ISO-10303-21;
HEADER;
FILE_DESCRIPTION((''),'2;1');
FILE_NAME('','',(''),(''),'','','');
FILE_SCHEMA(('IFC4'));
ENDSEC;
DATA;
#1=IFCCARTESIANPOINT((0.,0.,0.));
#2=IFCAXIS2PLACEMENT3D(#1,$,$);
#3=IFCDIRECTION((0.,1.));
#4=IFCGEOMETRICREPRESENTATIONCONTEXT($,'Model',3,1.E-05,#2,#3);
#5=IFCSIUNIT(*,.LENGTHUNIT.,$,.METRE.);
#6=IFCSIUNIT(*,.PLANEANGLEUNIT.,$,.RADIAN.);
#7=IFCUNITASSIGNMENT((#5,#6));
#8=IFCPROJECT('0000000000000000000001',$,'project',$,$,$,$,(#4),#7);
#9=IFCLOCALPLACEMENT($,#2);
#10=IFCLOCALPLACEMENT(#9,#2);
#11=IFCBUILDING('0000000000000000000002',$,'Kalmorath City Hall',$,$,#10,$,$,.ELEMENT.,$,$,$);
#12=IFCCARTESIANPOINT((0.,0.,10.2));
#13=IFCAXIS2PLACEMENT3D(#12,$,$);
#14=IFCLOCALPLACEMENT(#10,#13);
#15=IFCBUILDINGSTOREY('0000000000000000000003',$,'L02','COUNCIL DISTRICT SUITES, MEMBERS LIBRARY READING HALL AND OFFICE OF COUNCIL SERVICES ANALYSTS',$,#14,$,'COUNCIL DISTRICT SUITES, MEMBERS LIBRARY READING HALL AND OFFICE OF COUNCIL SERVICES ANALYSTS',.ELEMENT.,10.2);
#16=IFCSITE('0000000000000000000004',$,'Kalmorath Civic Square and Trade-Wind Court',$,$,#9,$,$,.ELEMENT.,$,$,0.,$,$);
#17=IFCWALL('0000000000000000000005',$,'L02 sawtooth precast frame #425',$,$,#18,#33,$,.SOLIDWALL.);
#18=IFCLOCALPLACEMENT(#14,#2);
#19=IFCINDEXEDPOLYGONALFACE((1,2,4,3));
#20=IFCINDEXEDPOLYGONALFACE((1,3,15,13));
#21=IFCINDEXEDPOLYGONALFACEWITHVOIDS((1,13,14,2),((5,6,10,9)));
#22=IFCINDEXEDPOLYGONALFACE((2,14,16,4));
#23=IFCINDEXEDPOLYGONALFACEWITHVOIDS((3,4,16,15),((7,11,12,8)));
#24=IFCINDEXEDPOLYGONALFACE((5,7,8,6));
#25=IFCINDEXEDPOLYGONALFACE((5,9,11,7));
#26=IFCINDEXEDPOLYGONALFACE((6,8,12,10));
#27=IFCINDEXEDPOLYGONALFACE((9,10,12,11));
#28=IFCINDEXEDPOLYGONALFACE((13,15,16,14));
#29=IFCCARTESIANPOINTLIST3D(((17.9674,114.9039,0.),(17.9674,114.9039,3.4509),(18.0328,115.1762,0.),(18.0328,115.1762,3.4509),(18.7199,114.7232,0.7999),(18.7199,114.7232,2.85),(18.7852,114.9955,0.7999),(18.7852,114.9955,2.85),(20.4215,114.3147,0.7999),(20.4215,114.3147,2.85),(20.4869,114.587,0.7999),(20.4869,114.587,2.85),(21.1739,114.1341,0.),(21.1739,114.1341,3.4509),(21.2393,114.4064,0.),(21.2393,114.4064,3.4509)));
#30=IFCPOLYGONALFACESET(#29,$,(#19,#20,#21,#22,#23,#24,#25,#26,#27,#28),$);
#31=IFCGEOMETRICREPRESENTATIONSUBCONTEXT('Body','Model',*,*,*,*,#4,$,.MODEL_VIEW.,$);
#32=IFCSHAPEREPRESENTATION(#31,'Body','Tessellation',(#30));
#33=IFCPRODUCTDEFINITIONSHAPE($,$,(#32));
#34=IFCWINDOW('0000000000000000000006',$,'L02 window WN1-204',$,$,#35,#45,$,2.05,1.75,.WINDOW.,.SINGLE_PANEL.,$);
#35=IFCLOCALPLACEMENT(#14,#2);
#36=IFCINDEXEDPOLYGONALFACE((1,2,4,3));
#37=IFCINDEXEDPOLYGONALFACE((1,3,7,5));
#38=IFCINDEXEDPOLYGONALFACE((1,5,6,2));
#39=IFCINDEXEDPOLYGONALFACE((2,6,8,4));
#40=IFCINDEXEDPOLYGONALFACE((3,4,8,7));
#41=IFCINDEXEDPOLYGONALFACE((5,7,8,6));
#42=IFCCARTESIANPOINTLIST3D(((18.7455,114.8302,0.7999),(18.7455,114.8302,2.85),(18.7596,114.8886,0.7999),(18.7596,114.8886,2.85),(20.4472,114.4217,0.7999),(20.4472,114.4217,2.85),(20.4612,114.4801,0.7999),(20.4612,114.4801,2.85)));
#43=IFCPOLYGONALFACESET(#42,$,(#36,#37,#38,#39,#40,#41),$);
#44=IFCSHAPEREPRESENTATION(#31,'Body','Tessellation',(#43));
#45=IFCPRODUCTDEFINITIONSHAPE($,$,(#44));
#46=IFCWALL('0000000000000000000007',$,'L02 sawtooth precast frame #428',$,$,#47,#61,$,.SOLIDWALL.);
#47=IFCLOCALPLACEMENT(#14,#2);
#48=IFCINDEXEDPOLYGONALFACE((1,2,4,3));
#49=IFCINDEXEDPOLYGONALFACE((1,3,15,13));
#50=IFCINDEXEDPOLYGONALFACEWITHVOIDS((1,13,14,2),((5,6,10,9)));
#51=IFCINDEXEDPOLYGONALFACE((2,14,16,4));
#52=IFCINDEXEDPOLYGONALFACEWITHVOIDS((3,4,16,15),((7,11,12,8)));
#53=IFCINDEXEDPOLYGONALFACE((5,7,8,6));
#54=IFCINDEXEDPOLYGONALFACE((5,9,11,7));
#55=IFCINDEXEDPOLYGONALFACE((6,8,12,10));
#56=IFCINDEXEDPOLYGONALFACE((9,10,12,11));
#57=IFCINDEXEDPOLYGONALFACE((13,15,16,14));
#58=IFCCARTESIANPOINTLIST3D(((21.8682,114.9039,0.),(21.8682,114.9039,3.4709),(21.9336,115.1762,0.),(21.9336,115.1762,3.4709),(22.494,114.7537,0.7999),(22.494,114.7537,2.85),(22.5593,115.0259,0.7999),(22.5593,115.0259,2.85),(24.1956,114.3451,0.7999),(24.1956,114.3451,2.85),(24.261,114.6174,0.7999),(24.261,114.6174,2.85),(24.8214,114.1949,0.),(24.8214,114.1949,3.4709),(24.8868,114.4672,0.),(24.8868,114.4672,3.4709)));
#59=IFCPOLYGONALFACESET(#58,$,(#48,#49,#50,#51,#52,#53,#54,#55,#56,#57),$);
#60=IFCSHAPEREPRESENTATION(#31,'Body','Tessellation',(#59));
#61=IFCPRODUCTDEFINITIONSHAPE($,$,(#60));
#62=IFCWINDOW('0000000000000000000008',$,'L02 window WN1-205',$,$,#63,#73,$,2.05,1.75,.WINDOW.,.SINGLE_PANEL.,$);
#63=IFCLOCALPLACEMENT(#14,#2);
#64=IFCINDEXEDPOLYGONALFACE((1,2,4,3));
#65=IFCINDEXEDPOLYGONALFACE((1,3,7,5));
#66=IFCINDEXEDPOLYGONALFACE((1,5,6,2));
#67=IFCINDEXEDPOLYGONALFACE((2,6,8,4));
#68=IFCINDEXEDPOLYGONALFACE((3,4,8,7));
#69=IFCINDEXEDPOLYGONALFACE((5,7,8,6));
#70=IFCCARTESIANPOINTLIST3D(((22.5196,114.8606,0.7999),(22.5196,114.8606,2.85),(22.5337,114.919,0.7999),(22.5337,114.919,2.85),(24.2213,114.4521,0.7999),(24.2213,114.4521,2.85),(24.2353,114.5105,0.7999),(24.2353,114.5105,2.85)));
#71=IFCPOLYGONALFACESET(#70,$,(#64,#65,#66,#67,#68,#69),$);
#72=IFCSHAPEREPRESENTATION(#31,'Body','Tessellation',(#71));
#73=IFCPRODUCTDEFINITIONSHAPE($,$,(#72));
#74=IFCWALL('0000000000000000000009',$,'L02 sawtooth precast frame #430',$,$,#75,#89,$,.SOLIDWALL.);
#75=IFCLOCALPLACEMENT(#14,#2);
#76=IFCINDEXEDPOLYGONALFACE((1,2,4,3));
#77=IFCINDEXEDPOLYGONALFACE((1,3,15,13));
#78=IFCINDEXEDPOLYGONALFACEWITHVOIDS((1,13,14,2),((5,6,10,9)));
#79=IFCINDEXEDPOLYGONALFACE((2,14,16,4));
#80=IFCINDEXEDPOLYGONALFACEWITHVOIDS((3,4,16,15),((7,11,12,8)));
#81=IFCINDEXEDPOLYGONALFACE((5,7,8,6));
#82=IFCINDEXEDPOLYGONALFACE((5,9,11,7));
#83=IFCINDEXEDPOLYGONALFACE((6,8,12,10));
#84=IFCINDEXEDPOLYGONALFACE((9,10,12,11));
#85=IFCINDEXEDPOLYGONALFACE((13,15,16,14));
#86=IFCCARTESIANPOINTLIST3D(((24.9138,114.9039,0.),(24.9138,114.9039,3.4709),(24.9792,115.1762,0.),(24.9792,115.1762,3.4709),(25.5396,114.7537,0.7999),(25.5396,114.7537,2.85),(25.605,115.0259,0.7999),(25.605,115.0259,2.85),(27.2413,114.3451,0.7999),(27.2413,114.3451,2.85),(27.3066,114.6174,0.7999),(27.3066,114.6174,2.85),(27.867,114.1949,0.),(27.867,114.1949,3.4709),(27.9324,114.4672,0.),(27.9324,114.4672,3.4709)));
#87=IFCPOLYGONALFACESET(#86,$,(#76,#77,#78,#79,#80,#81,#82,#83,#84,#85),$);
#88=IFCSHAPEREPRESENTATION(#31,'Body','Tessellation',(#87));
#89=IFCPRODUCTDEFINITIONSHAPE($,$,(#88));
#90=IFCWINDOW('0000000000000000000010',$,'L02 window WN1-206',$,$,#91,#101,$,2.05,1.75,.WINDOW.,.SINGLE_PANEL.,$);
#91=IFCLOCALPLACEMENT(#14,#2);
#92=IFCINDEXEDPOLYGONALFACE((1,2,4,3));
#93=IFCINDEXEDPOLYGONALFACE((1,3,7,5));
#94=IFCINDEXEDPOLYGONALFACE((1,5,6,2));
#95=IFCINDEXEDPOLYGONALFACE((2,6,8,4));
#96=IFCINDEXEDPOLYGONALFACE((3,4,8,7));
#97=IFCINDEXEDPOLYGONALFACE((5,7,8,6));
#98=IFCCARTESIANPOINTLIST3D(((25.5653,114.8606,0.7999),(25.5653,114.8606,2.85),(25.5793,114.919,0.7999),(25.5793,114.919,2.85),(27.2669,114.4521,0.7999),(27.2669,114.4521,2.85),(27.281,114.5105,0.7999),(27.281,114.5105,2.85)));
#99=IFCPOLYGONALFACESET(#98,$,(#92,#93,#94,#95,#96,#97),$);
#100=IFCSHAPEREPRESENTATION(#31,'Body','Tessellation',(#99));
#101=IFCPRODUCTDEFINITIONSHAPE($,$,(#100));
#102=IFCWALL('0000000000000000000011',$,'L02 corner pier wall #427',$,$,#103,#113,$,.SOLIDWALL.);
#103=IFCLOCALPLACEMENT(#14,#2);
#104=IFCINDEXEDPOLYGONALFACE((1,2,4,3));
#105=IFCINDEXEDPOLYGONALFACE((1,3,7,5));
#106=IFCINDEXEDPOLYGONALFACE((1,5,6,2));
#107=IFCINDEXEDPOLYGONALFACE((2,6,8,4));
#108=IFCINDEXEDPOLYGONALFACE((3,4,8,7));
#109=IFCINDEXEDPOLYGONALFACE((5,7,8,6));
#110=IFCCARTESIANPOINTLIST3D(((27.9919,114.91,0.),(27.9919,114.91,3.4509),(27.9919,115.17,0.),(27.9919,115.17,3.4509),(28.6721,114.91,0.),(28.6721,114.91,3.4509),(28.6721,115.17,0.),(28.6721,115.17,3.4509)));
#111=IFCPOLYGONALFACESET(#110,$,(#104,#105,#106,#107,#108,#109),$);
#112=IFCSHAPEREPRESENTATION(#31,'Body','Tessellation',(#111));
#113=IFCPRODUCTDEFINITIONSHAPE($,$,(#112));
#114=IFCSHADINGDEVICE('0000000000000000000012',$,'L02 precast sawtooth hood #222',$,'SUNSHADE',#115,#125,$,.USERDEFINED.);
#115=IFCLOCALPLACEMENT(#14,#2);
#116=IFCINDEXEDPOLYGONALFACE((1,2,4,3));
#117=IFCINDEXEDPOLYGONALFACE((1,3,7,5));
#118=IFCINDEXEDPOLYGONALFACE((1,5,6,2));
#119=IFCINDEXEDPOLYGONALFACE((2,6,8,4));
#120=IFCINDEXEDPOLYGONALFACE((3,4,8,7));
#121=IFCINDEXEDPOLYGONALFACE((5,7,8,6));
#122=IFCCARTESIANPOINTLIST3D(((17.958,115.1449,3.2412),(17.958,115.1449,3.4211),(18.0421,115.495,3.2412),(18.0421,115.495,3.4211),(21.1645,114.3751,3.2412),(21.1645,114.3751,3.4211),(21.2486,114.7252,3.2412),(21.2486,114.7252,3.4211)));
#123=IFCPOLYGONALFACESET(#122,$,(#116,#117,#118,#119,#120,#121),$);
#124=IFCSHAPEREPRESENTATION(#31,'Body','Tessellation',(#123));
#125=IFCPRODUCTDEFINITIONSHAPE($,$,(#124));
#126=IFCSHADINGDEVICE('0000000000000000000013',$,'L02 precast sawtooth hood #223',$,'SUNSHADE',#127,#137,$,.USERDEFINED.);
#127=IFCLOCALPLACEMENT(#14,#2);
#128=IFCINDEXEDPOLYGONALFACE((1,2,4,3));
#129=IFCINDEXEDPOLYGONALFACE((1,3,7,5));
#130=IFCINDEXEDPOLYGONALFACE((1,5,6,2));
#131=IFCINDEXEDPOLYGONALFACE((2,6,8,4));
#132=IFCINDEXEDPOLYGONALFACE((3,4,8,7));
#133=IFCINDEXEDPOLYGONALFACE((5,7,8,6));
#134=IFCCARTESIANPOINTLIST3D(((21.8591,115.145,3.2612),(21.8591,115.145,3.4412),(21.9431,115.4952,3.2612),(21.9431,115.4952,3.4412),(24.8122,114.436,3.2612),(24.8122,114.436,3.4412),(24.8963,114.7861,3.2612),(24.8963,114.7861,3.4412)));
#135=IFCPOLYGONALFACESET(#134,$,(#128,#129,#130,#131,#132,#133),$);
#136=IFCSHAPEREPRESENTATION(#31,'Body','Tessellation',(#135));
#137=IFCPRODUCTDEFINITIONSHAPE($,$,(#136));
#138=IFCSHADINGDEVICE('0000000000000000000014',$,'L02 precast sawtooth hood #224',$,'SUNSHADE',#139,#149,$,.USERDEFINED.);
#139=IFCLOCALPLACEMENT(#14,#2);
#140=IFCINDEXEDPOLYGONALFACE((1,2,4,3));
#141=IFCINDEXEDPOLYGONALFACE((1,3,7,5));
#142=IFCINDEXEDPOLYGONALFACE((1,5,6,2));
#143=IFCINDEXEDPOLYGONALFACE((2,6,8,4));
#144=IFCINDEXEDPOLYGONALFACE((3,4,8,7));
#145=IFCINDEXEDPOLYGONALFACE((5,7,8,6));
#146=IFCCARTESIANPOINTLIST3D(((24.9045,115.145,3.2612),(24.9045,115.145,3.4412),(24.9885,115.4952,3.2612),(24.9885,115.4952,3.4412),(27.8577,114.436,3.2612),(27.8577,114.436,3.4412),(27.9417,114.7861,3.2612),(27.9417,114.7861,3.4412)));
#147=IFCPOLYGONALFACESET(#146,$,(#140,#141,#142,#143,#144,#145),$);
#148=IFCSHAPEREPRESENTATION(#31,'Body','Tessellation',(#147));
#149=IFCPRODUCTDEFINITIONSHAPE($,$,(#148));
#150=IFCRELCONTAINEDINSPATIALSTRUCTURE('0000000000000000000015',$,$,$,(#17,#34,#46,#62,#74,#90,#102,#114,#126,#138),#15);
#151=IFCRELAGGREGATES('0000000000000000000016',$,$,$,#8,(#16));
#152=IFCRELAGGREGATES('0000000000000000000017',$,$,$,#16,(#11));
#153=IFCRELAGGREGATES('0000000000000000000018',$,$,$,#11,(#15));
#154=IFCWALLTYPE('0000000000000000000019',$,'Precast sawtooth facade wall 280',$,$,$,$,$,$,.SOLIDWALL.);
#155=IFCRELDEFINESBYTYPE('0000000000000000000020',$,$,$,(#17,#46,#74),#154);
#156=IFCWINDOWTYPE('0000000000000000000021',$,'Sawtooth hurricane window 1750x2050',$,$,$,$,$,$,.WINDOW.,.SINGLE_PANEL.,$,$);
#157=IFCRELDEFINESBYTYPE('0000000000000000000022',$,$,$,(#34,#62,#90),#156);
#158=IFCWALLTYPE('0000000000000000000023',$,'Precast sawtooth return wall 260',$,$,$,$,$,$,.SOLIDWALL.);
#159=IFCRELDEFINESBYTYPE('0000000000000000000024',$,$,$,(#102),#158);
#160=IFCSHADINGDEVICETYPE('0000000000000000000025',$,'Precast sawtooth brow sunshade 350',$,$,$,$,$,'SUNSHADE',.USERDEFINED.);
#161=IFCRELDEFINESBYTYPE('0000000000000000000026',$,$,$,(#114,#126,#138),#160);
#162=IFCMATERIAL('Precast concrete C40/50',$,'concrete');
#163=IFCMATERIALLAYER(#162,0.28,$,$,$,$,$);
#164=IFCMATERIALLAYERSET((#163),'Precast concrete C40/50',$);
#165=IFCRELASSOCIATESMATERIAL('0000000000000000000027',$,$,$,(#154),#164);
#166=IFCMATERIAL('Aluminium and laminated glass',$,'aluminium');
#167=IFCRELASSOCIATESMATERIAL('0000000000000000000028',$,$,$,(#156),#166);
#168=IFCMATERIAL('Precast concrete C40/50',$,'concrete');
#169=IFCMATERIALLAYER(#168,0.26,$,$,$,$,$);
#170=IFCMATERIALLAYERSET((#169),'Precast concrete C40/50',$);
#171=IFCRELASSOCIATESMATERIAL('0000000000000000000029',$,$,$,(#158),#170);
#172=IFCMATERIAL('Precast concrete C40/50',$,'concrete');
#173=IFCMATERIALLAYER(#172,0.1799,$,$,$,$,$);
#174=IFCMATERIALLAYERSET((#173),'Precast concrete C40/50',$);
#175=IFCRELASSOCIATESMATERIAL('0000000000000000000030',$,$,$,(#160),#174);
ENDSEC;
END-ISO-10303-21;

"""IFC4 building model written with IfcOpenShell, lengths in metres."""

from ifc_helpers import new_model, si_unit, direction, frame, frame_2d, origin, origin_2d, place, context, subcontext, project, spatial, rectangle, extrude, material, layer, layer_set, type_object, element, fill, save


model = new_model("IFC4")

# Units and contexts
model_context = context("Model", 3, precision=1e-05, world=origin(), true_north=direction((0.0, 1.0)))
body_context = subcontext(model_context, "Body", "Model", "MODEL_VIEW")
ifc_project = project(units=[si_unit("LENGTHUNIT", "METRE"), si_unit("PLANEANGLEUNIT", "RADIAN")], contexts=[model_context])

# Site, building, storey
site_placement = place(None, origin())
site = spatial("IfcSite", under=ifc_project, at=site_placement, Name="Kalmorath Civic Square and Trade-Wind Court", CompositionType="ELEMENT", RefElevation=0.0)
building_placement = place(site_placement, origin())
building = spatial("IfcBuilding", under=site, at=building_placement, Name="Kalmorath City Hall", CompositionType="ELEMENT")
storey_placement = place(building_placement, frame((0.0, 0.0, 10.2)))
storey = spatial("IfcBuildingStorey", under=building, at=storey_placement, Name="L02", Description="COUNCIL DISTRICT SUITES, MEMBERS LIBRARY READING HALL AND OFFICE OF COUNCIL SERVICES ANALYSTS", LongName="COUNCIL DISTRICT SUITES, MEMBERS LIBRARY READING HALL AND OFFICE OF COUNCIL SERVICES ANALYSTS", CompositionType="ELEMENT", Elevation=10.2)

# Walls, openings, windows
ifc_material_1 = material(Name="Precast concrete C40/50", Category="concrete")
ifc_layer_1 = layer(ifc_material_1, 0.28)
ifc_layer_set_1 = layer_set([ifc_layer_1], Name="Precast concrete C40/50")
wall_type_1 = type_object("IfcWallType", Name="Precast sawtooth facade wall 280", PredefinedType="SOLIDWALL", material=ifc_layer_set_1)
wall_1_placement = place(storey_placement, frame((18.0, 115.04, 0.0), z_axis=(0.0, 0.0, 1.0), x_axis=(0.972373, -0.233432, 0.0)))
wall_1 = element("IfcWall", 1, at=wall_1_placement, inside=storey, type_object=wall_type_1, Name="L02 sawtooth precast frame #425", PredefinedType="SOLIDWALL", context=body_context, shape_type="SweptSolid", body=[
    extrude(rectangle(XDim=3.2976, YDim=0.28, at=frame_2d((1.6489, 0.0))), origin(), (0.0, 0.0, 1.0), 3.4509),
])
opening_1_placement = place(wall_1_placement, frame((0.7739, 0.0, 0.8)))
opening_1 = element("IfcOpeningElement", 2, at=opening_1_placement, cuts=wall_1, PredefinedType="OPENING", context=body_context, shape_type="SweptSolid", body=[
    extrude(rectangle(XDim=1.75, YDim=2.05, at=frame_2d((0.875, 1.0249))), frame((0.0, 0.1499, 0.0), z_axis=(0.0, -1.0, 0.0), x_axis=(1.0, 0.0, 0.0)), (0.0, 0.0, 1.0), 0.3),
])
ifc_material_2 = material(Name="Aluminium and laminated glass", Category="aluminium")
window_type = type_object("IfcWindowType", Name="Sawtooth hurricane window 1750x2050", PartitioningType="SINGLE_PANEL", PredefinedType="WINDOW", material=ifc_material_2)
window_1_placement = place(opening_1_placement, origin())
window_1 = element("IfcWindow", 3, at=window_1_placement, inside=storey, type_object=window_type, Name="L02 window WN1-204", OverallHeight=2.05, OverallWidth=1.75, PartitioningType="SINGLE_PANEL", PredefinedType="WINDOW", context=body_context, shape_type="SweptSolid", body=[
    extrude(rectangle(XDim=1.75, YDim=2.05, at=frame_2d((0.875, 1.0249))), frame((0.0, 0.03, 0.0), z_axis=(0.0, -1.0, 0.0), x_axis=(1.0, 0.0, 0.0)), (0.0, 0.0, 1.0), 0.0601),
])
fill(opening_1, window_1)
wall_2_placement = place(storey_placement, frame((21.9009, 115.04, 0.0), z_axis=(0.0, 0.0, 1.0), x_axis=(0.97237, -0.233446, 0.0)))
wall_2 = element("IfcWall", 4, at=wall_2_placement, inside=storey, type_object=wall_type_1, Name="L02 sawtooth precast frame #428", PredefinedType="SOLIDWALL", context=body_context, shape_type="SweptSolid", body=[
    extrude(rectangle(XDim=3.0371, YDim=0.28, at=frame_2d((1.5186, 0.0))), origin(), (0.0, 0.0, 1.0), 3.4709),
])
opening_2_placement = place(wall_2_placement, frame((0.6436, 0.0, 0.8)))
opening_2 = element("IfcOpeningElement", 5, at=opening_2_placement, cuts=wall_2, PredefinedType="OPENING", context=body_context, shape_type="SweptSolid", body=[
    extrude(rectangle(XDim=1.75, YDim=2.05, at=frame_2d((0.875, 1.0249))), frame((0.0, 0.1499, 0.0), z_axis=(0.0, -1.0, 0.0), x_axis=(1.0, 0.0, 0.0)), (0.0, 0.0, 1.0), 0.3),
])
window_2_placement = place(opening_2_placement, origin())
window_2 = element("IfcWindow", 6, at=window_2_placement, inside=storey, type_object=window_type, Name="L02 window WN1-205", OverallHeight=2.05, OverallWidth=1.75, PartitioningType="SINGLE_PANEL", PredefinedType="WINDOW", context=body_context, shape_type="SweptSolid", body=[
    extrude(rectangle(XDim=1.75, YDim=2.05, at=frame_2d((0.875, 1.0249))), frame((0.0, 0.03, 0.0), z_axis=(0.0, -1.0, 0.0), x_axis=(1.0, 0.0, 0.0)), (0.0, 0.0, 1.0), 0.0601),
])
fill(opening_2, window_2)
wall_3_placement = place(storey_placement, frame((24.9465, 115.04, 0.0), z_axis=(0.0, 0.0, 1.0), x_axis=(0.97237, -0.233446, 0.0)))
wall_3 = element("IfcWall", 7, at=wall_3_placement, inside=storey, type_object=wall_type_1, Name="L02 sawtooth precast frame #430", PredefinedType="SOLIDWALL", context=body_context, shape_type="SweptSolid", body=[
    extrude(rectangle(XDim=3.0371, YDim=0.28, at=frame_2d((1.5186, 0.0))), origin(), (0.0, 0.0, 1.0), 3.4709),
])
opening_3_placement = place(wall_3_placement, frame((0.6436, 0.0, 0.8)))
opening_3 = element("IfcOpeningElement", 8, at=opening_3_placement, cuts=wall_3, PredefinedType="OPENING", context=body_context, shape_type="SweptSolid", body=[
    extrude(rectangle(XDim=1.75, YDim=2.05, at=frame_2d((0.875, 1.0249))), frame((0.0, 0.1499, 0.0), z_axis=(0.0, -1.0, 0.0), x_axis=(1.0, 0.0, 0.0)), (0.0, 0.0, 1.0), 0.3),
])
window_3_placement = place(opening_3_placement, origin())
window_3 = element("IfcWindow", 9, at=window_3_placement, inside=storey, type_object=window_type, Name="L02 window WN1-206", OverallHeight=2.05, OverallWidth=1.75, PartitioningType="SINGLE_PANEL", PredefinedType="WINDOW", context=body_context, shape_type="SweptSolid", body=[
    extrude(rectangle(XDim=1.75, YDim=2.05, at=frame_2d((0.875, 1.0249))), frame((0.0, 0.03, 0.0), z_axis=(0.0, -1.0, 0.0), x_axis=(1.0, 0.0, 0.0)), (0.0, 0.0, 1.0), 0.0601),
])
fill(opening_3, window_3)

# Wall
ifc_material_3 = material(Name="Precast concrete C40/50", Category="concrete")
ifc_layer_2 = layer(ifc_material_3, 0.26)
ifc_layer_set_2 = layer_set([ifc_layer_2], Name="Precast concrete C40/50")
wall_type_2 = type_object("IfcWallType", Name="Precast sawtooth return wall 260", PredefinedType="SOLIDWALL", material=ifc_layer_set_2)
wall_4_placement = place(storey_placement, frame((27.9919, 115.04, 0.0), z_axis=(0.0, 0.0, 1.0), x_axis=(1.0, 0.0, 0.0)))
element("IfcWall", 10, at=wall_4_placement, inside=storey, type_object=wall_type_2, Name="L02 corner pier wall #427", PredefinedType="SOLIDWALL", context=body_context, shape_type="SweptSolid", body=[
    extrude(rectangle(XDim=0.6802, YDim=0.26, at=frame_2d((0.3401, 0.0))), origin(), (0.0, 0.0, 1.0), 3.4509),
])

# Shading devices
ifc_material_4 = material(Name="Precast concrete C40/50", Category="concrete")
ifc_layer_3 = layer(ifc_material_4, 0.1799)
ifc_layer_set_3 = layer_set([ifc_layer_3], Name="Precast concrete C40/50")
shading_device_type = type_object("IfcShadingDeviceType", Name="Precast sawtooth brow sunshade 350", ElementType="SUNSHADE", PredefinedType="USERDEFINED", material=ifc_layer_set_3)
shading_device_placement = place(storey_placement, frame((19.6033, 114.9351, 3.2412), z_axis=(0.0, 0.0, 1.0), x_axis=(0.97237, -0.233445, 0.0)))
element("IfcShadingDevice", 11, at=shading_device_placement, inside=storey, type_object=shading_device_type, Name="L02 precast sawtooth hood #222", ObjectType="SUNSHADE", PredefinedType="USERDEFINED", context=body_context, shape_type="SweptSolid", body=[
    extrude(rectangle(XDim=3.2976, YDim=0.3601, at=origin_2d()), origin(), (0.0, 0.0, 1.0), 0.1799),
])
for number, where, z_axis, x_axis, name in (
    (12, (23.3777, 114.9656, 3.2612), (0.0, 0.0, 1.0), (0.972366, -0.233462, 0.0), "L02 precast sawtooth hood #223"),
    (13, (26.4231, 114.9656, 3.2612), (0.0, 0.0, 1.0), (0.972366, -0.233462, 0.0), "L02 precast sawtooth hood #224"),
):
    element("IfcShadingDevice", number, at=place(storey_placement, frame(where, z_axis=z_axis, x_axis=x_axis)), inside=storey, type_object=shading_device_type, Name=name, ObjectType="SUNSHADE", PredefinedType="USERDEFINED", context=body_context, shape_type="SweptSolid", body=[
        extrude(rectangle(XDim=3.0371, YDim=0.3601, at=origin_2d()), origin(), (0.0, 0.0, 1.0), 0.1799),
    ])

save(model, "model.ifc")
